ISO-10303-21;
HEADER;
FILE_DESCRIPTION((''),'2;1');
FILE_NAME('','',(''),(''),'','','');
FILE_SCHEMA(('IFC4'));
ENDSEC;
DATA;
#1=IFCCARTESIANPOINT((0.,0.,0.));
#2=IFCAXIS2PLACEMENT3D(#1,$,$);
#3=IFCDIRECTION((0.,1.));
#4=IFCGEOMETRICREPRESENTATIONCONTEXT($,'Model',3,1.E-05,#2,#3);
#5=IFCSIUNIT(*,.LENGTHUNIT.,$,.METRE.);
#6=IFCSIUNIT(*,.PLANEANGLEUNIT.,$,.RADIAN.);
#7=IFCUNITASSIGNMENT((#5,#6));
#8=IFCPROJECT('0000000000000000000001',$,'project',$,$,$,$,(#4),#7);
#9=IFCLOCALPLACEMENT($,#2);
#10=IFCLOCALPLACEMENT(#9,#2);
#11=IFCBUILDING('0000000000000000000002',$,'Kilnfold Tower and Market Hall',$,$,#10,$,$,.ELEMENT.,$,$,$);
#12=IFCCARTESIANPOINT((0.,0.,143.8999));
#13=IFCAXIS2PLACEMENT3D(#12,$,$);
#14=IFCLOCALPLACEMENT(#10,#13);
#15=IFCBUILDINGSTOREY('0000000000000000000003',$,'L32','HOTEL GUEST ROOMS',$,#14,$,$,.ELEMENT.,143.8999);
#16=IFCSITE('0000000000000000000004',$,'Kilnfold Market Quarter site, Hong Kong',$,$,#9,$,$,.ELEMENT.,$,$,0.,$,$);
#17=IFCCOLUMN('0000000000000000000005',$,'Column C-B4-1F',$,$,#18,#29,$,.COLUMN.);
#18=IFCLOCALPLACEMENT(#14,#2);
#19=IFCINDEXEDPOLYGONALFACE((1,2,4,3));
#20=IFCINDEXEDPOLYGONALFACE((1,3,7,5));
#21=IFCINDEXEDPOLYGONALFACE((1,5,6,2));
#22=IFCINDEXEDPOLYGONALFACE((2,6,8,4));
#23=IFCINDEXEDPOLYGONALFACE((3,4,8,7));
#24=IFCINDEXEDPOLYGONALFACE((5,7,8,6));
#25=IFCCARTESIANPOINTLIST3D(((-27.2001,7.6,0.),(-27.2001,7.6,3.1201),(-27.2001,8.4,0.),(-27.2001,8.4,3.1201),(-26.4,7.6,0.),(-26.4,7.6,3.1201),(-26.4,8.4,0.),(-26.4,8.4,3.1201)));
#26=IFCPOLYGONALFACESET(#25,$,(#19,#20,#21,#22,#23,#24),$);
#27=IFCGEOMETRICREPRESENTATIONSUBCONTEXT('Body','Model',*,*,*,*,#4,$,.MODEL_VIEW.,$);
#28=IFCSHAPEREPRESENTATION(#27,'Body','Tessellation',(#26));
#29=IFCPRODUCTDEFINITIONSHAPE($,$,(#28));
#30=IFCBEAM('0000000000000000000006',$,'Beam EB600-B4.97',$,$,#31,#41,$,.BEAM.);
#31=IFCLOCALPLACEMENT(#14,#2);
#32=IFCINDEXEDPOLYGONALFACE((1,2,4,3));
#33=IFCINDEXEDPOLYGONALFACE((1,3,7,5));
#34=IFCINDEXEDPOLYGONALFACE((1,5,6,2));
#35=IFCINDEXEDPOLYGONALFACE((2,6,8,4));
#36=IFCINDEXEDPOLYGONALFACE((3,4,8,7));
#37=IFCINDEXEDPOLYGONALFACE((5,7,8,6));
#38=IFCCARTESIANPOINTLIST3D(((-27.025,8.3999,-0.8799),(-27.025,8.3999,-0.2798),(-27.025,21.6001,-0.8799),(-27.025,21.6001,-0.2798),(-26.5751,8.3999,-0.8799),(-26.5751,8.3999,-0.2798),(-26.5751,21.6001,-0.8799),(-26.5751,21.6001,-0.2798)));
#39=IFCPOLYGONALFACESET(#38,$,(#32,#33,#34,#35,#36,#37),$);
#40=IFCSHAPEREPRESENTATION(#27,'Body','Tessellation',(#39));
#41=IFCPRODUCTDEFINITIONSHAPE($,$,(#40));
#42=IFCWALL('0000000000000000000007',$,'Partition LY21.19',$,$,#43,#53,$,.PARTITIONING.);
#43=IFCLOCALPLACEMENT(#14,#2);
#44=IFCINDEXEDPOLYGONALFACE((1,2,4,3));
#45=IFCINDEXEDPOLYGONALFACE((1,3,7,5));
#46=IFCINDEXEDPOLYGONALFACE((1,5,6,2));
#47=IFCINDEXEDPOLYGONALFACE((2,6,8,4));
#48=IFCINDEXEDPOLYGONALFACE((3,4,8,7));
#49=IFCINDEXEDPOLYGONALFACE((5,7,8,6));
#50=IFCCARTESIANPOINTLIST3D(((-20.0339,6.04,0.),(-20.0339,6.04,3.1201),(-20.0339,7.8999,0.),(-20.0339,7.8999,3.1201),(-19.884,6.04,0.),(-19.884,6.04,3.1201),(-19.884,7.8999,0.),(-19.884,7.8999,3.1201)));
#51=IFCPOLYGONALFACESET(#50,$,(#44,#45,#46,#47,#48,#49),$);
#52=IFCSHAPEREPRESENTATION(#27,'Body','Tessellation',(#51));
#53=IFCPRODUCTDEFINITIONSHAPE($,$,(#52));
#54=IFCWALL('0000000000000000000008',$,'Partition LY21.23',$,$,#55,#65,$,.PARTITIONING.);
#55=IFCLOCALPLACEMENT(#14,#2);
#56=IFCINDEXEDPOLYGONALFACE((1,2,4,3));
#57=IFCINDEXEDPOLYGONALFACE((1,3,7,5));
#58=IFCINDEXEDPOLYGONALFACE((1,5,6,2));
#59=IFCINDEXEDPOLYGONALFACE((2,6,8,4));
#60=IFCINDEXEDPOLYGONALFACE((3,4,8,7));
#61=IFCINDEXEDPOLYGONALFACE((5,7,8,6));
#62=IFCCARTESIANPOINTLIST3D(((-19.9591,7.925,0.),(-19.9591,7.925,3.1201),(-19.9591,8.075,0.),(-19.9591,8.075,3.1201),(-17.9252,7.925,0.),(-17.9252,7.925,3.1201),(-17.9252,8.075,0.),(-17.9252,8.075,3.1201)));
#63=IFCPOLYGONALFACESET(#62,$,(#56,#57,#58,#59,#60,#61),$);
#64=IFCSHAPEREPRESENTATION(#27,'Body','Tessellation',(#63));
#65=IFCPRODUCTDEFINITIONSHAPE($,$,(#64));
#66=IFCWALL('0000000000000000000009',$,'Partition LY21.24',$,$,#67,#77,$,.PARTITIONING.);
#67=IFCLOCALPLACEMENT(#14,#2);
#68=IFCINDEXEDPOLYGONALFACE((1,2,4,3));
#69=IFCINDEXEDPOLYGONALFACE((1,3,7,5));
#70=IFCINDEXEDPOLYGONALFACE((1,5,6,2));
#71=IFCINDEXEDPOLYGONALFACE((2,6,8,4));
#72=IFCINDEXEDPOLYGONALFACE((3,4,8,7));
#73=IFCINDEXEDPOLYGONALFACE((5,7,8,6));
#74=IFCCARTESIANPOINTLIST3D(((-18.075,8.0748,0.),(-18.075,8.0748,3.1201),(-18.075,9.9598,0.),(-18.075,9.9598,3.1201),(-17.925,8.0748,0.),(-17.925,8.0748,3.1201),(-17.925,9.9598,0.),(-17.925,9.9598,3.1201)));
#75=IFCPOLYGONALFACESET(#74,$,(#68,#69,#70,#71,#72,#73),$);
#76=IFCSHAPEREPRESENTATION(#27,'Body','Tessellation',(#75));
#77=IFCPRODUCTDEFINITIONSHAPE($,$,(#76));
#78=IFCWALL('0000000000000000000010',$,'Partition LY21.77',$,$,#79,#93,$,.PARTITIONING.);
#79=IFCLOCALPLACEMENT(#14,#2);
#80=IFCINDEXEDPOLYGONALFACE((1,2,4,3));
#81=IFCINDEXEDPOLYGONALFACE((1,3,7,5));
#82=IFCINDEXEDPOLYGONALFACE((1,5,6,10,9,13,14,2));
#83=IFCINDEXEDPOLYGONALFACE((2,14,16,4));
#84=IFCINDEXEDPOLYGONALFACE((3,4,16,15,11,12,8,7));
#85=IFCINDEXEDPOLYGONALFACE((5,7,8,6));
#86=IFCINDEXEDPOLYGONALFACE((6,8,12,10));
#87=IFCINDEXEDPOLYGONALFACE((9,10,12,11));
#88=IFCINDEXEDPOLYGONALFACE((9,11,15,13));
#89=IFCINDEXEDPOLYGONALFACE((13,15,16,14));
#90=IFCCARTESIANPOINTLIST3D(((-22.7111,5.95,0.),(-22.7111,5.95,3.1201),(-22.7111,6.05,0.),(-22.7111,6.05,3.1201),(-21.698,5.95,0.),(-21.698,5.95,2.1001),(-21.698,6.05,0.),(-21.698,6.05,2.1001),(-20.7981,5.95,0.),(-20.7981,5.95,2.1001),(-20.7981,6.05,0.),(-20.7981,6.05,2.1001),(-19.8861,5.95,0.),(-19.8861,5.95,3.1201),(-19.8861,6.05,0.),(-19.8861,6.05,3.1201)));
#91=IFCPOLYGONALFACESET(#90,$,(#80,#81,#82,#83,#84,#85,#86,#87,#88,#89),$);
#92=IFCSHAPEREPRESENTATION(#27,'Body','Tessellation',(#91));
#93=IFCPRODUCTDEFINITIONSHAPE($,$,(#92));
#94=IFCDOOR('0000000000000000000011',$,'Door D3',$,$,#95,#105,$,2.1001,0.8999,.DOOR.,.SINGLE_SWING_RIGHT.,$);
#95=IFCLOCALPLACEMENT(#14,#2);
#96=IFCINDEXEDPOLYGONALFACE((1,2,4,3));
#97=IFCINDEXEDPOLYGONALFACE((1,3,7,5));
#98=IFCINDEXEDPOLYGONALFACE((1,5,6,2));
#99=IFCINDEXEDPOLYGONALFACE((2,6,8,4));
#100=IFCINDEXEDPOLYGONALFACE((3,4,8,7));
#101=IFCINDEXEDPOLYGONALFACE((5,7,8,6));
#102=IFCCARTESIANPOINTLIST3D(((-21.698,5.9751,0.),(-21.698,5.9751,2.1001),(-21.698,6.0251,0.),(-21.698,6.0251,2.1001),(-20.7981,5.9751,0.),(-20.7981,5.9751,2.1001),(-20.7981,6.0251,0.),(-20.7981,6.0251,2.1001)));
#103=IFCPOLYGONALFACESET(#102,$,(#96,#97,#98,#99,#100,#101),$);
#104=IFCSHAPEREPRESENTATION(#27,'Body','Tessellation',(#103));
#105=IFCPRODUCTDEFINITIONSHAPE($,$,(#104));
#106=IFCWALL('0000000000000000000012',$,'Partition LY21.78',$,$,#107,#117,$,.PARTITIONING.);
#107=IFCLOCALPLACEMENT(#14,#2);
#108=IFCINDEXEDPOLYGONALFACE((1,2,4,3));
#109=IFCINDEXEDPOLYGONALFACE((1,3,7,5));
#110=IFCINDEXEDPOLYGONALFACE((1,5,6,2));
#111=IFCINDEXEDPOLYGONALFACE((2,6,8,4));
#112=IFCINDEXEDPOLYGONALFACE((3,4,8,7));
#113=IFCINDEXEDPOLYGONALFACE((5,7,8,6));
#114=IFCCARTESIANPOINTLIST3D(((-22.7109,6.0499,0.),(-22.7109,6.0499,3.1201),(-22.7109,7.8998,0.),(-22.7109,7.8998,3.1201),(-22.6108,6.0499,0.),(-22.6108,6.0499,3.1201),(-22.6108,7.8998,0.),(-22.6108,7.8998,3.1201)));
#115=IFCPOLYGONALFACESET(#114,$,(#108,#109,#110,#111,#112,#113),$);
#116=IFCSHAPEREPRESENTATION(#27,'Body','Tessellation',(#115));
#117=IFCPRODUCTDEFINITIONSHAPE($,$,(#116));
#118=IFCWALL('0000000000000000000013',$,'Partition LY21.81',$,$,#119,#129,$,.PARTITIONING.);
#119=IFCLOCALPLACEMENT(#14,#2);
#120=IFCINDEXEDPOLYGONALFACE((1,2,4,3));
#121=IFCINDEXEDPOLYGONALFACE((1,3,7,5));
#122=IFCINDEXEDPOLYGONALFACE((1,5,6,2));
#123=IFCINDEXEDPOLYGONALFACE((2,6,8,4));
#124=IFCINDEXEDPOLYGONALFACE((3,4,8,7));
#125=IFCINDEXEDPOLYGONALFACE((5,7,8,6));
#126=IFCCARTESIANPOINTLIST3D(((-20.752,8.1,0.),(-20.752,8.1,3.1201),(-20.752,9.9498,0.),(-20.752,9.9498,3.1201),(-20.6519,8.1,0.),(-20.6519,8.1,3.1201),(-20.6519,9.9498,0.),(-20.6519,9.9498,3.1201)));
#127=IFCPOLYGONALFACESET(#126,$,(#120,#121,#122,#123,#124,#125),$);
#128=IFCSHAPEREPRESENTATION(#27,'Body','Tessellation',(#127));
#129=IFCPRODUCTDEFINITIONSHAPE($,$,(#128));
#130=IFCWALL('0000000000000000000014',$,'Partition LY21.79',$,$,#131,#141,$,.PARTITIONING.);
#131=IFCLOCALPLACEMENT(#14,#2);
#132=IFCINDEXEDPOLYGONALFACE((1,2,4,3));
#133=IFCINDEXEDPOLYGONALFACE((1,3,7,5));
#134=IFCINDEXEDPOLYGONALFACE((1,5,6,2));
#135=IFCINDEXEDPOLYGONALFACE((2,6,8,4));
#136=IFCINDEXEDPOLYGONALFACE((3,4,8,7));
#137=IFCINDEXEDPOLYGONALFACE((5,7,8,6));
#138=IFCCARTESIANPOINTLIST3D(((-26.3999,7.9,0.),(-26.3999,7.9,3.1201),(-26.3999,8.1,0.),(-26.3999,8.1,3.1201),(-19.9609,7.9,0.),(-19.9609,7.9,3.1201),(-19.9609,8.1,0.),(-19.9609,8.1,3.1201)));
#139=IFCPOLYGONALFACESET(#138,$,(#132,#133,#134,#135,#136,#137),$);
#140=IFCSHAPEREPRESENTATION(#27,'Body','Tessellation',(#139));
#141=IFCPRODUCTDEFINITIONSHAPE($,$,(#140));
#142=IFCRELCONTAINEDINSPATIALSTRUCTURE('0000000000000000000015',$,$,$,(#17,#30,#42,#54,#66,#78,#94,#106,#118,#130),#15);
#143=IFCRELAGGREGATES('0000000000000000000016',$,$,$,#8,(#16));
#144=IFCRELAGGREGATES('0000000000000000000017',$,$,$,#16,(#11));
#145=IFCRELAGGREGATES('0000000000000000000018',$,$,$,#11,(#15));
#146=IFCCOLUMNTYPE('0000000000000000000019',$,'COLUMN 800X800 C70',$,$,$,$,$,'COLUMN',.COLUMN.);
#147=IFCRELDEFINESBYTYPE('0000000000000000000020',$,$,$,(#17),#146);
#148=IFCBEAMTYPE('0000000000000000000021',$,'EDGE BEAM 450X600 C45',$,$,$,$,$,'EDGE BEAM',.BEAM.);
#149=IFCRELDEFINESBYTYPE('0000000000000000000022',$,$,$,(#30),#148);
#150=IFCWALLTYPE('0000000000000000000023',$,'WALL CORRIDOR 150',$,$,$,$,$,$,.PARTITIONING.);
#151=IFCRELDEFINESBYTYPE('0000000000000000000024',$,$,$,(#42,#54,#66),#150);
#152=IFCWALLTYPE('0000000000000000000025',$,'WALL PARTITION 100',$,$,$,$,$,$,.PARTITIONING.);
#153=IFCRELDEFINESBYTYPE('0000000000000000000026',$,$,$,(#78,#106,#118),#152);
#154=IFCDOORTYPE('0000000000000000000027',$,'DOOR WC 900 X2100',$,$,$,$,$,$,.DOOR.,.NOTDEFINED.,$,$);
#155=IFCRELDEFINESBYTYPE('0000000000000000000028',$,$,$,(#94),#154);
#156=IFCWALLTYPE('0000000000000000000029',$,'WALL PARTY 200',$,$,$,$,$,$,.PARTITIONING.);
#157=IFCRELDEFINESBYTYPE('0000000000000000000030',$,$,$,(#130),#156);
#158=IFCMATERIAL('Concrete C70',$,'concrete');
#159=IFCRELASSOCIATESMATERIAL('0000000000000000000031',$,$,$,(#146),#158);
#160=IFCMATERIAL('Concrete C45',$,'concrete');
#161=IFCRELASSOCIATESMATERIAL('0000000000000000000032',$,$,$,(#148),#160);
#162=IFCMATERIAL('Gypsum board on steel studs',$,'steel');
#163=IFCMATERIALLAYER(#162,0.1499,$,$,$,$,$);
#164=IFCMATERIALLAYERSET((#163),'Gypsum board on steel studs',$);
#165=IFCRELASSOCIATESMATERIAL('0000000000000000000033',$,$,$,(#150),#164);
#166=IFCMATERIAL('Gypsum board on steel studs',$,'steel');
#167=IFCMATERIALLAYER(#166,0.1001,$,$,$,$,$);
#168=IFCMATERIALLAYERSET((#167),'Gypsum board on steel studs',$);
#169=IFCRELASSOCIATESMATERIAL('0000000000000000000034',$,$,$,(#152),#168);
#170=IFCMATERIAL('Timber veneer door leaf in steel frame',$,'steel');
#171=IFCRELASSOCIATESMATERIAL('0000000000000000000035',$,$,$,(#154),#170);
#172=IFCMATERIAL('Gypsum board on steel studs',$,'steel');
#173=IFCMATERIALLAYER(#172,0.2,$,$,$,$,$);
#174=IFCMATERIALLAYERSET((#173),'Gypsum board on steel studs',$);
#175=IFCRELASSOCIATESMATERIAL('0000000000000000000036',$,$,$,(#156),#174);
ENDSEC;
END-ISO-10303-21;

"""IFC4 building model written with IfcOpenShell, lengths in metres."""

from ifc_helpers import new_model, si_unit, direction, frame, frame_2d, origin, origin_2d, place, context, subcontext, project, spatial, rectangle, extrude, source, transform, mapped, material, layer, layer_set, material_profile, profile_set, type_object, element, fill, save


model = new_model("IFC4")

# Units and contexts
model_context = context("Model", 3, precision=1e-05, world=origin(), true_north=direction((0.0, 1.0)))
body_context = subcontext(model_context, "Body", "Model", "MODEL_VIEW")
ifc_project = project(units=[si_unit("LENGTHUNIT", "METRE"), si_unit("PLANEANGLEUNIT", "RADIAN")], contexts=[model_context])

# Site, building, storey
site_placement = place(None, origin())
site = spatial("IfcSite", under=ifc_project, at=site_placement, Name="Kilnfold Market Quarter site, Hong Kong", CompositionType="ELEMENT", RefElevation=0.0)
building_placement = place(site_placement, origin())
building = spatial("IfcBuilding", under=site, at=building_placement, Name="Kilnfold Tower and Market Hall", CompositionType="ELEMENT")
storey_placement = place(building_placement, frame((0.0, 0.0, 143.8999)))
storey = spatial("IfcBuildingStorey", under=building, at=storey_placement, Name="L32", Description="HOTEL GUEST ROOMS", CompositionType="ELEMENT", Elevation=143.8999)

# Column
ifc_material_1 = material(Name="Concrete C70", Category="concrete")
ifc_material_profile_1 = material_profile(ifc_material_1, rectangle(XDim=0.8, YDim=0.8, at=origin_2d()), Name="RC 800x800")
ifc_profile_set_1 = profile_set([ifc_material_profile_1], Name="Concrete C70")
column_type = type_object("IfcColumnType", Name="COLUMN 800X800 C70", ElementType="COLUMN", PredefinedType="COLUMN", material=ifc_profile_set_1)
shared_shape_1 = source(origin(), body_context, "Body", "SweptSolid", [
    extrude(rectangle(XDim=0.8, YDim=0.8, at=origin_2d()), origin(), (0.0, 0.0, 1.0), 3.1201),
])
column_placement = place(storey_placement, frame((-26.8, 8.0, 0.0), z_axis=(0.0, 0.0, 1.0), x_axis=(1.0, 0.0, 0.0)))
element("IfcColumn", 1, at=column_placement, inside=storey, type_object=column_type, Name="Column C-B4-1F", PredefinedType="COLUMN", context=body_context, shape_type="MappedRepresentation", body=[
    mapped(shared_shape_1, transform((0.0, 0.0, 0.0))),
])

# Beam
ifc_material_2 = material(Name="Concrete C45", Category="concrete")
ifc_material_profile_2 = material_profile(ifc_material_2, rectangle(XDim=0.45, YDim=0.6001, at=origin_2d()), Name="RC 450x600")
ifc_profile_set_2 = profile_set([ifc_material_profile_2], Name="Concrete C45")
beam_type = type_object("IfcBeamType", Name="EDGE BEAM 450X600 C45", ElementType="EDGE BEAM", PredefinedType="BEAM", material=ifc_profile_set_2)
shared_shape_2 = source(origin(), body_context, "Body", "SweptSolid", [
    extrude(rectangle(XDim=0.45, YDim=0.6001, at=origin_2d()), origin(), (0.0, 0.0, 1.0), 13.2002),
])
beam_placement = place(storey_placement, frame((-26.8, 8.3999, -0.5798), z_axis=(0.0, 1.0, 0.0), x_axis=(-1.0, 0.0, 0.0)))
element("IfcBeam", 2, at=beam_placement, inside=storey, type_object=beam_type, Name="Beam EB600-B4.97", PredefinedType="BEAM", context=body_context, shape_type="MappedRepresentation", body=[
    mapped(shared_shape_2, transform((0.0, 0.0, 0.0))),
])

# Walls
ifc_material_3 = material(Name="Gypsum board on steel studs", Category="steel")
ifc_layer_1 = layer(ifc_material_3, 0.1499)
ifc_layer_set_1 = layer_set([ifc_layer_1], Name="Gypsum board on steel studs")
wall_type_1 = type_object("IfcWallType", Name="WALL CORRIDOR 150", PredefinedType="PARTITIONING", material=ifc_layer_set_1)
wall_1_placement = place(storey_placement, frame((-19.959, 6.04, 0.0), z_axis=(0.0, 0.0, 1.0), x_axis=(0.0, 1.0, 0.0)))
element("IfcWall", 3, at=wall_1_placement, inside=storey, type_object=wall_type_1, Name="Partition LY21.19", PredefinedType="PARTITIONING", context=body_context, shape_type="SweptSolid", body=[
    extrude(rectangle(XDim=1.8599, YDim=0.1499, at=frame_2d((0.9299, 0.0))), origin(), (0.0, 0.0, 1.0), 3.1201),
])
wall_2_placement = place(storey_placement, frame((-17.925, 8.0, 0.0), z_axis=(0.0, 0.0, 1.0), x_axis=(-1.0, 0.0, 0.0)))
element("IfcWall", 4, at=wall_2_placement, inside=storey, type_object=wall_type_1, Name="Partition LY21.23", PredefinedType="PARTITIONING", context=body_context, shape_type="SweptSolid", body=[
    extrude(rectangle(XDim=2.0339, YDim=0.1499, at=frame_2d((1.0171, 0.0))), origin(), (0.0, 0.0, 1.0), 3.1201),
])
wall_3_placement = place(storey_placement, frame((-18.0, 8.075, 0.0), z_axis=(0.0, 0.0, 1.0), x_axis=(0.0, 1.0, 0.0)))
element("IfcWall", 5, at=wall_3_placement, inside=storey, type_object=wall_type_1, Name="Partition LY21.24", PredefinedType="PARTITIONING", context=body_context, shape_type="SweptSolid", body=[
    extrude(rectangle(XDim=1.885, YDim=0.1499, at=frame_2d((0.9424, 0.0))), origin(), (0.0, 0.0, 1.0), 3.1201),
])

# Wall, opening, door
ifc_material_4 = material(Name="Gypsum board on steel studs", Category="steel")
ifc_layer_2 = layer(ifc_material_4, 0.1001)
ifc_layer_set_2 = layer_set([ifc_layer_2], Name="Gypsum board on steel studs")
wall_type_2 = type_object("IfcWallType", Name="WALL PARTITION 100", PredefinedType="PARTITIONING", material=ifc_layer_set_2)
wall_4_placement = place(storey_placement, frame((-19.886, 6.0, 0.0), z_axis=(0.0, 0.0, 1.0), x_axis=(-1.0, 0.0, 0.0)))
wall_4 = element("IfcWall", 6, at=wall_4_placement, inside=storey, type_object=wall_type_2, Name="Partition LY21.77", PredefinedType="PARTITIONING", context=body_context, shape_type="SweptSolid", body=[
    extrude(rectangle(XDim=2.825, YDim=0.1001, at=frame_2d((1.4126, 0.0))), origin(), (0.0, 0.0, 1.0), 3.1201),
])
opening_1_placement = place(wall_4_placement, frame((0.9121, 0.0, 0.0)))
opening_1 = element("IfcOpeningElement", 7, at=opening_1_placement, cuts=wall_4, PredefinedType="OPENING", context=body_context, shape_type="SweptSolid", body=[
    extrude(rectangle(XDim=0.8999, YDim=2.1001, at=frame_2d((0.45, 1.05))), frame((0.0, 0.0601, 0.0), z_axis=(0.0, -1.0, 0.0), x_axis=(1.0, 0.0, 0.0)), (0.0, 0.0, 1.0), 0.1201),
])
ifc_material_5 = material(Name="Timber veneer door leaf in steel frame", Category="steel")
door_type_1 = type_object("IfcDoorType", Name="DOOR WC 900 X2100", OperationType="NOTDEFINED", PredefinedType="DOOR", material=ifc_material_5)
door_1_placement = place(opening_1_placement, origin())
door_1 = element("IfcDoor", 8, at=door_1_placement, inside=storey, type_object=door_type_1, Name="Door D3", OperationType="SINGLE_SWING_RIGHT", OverallHeight=2.1001, OverallWidth=0.8999, PredefinedType="DOOR", context=body_context, shape_type="SweptSolid", body=[
    extrude(rectangle(XDim=0.8999, YDim=2.1001, at=frame_2d((0.45, 1.05))), frame((0.0, 0.0249, 0.0), z_axis=(0.0, -1.0, 0.0), x_axis=(1.0, 0.0, 0.0)), (0.0, 0.0, 1.0), 0.05),
])
fill(opening_1, door_1)

# Walls
for number, where, z_axis, x_axis, name in (
    (9, (-22.6609, 6.05, 0.0), (0.0, 0.0, 1.0), (0.0, 1.0, 0.0), "Partition LY21.78"),
    (10, (-20.7019, 8.1001, 0.0), (0.0, 0.0, 1.0), (0.0, 1.0, 0.0), "Partition LY21.81"),
):
    element("IfcWall", number, at=place(storey_placement, frame(where, z_axis=z_axis, x_axis=x_axis)), inside=storey, type_object=wall_type_2, Name=name, PredefinedType="PARTITIONING", context=body_context, shape_type="SweptSolid", body=[
        extrude(rectangle(XDim=1.8499, YDim=0.1001, at=frame_2d((0.9248, 0.0))), origin(), (0.0, 0.0, 1.0), 3.1201),
    ])
ifc_material_6 = material(Name="Gypsum board on steel studs", Category="steel")
ifc_layer_3 = layer(ifc_material_6, 0.2)
ifc_layer_set_3 = layer_set([ifc_layer_3], Name="Gypsum board on steel studs")
wall_type_3 = type_object("IfcWallType", Name="WALL PARTY 200", PredefinedType="PARTITIONING", material=ifc_layer_set_3)
wall_5_placement = place(storey_placement, frame((-26.3999, 8.0, 0.0), z_axis=(0.0, 0.0, 1.0), x_axis=(1.0, 0.0, 0.0)))
element("IfcWall", 11, at=wall_5_placement, inside=storey, type_object=wall_type_3, Name="Partition LY21.79", PredefinedType="PARTITIONING", context=body_context, shape_type="SweptSolid", body=[
    extrude(rectangle(XDim=6.439, YDim=0.2, at=frame_2d((3.2195, 0.0))), origin(), (0.0, 0.0, 1.0), 3.1201),
])

save(model, "model.ifc")
